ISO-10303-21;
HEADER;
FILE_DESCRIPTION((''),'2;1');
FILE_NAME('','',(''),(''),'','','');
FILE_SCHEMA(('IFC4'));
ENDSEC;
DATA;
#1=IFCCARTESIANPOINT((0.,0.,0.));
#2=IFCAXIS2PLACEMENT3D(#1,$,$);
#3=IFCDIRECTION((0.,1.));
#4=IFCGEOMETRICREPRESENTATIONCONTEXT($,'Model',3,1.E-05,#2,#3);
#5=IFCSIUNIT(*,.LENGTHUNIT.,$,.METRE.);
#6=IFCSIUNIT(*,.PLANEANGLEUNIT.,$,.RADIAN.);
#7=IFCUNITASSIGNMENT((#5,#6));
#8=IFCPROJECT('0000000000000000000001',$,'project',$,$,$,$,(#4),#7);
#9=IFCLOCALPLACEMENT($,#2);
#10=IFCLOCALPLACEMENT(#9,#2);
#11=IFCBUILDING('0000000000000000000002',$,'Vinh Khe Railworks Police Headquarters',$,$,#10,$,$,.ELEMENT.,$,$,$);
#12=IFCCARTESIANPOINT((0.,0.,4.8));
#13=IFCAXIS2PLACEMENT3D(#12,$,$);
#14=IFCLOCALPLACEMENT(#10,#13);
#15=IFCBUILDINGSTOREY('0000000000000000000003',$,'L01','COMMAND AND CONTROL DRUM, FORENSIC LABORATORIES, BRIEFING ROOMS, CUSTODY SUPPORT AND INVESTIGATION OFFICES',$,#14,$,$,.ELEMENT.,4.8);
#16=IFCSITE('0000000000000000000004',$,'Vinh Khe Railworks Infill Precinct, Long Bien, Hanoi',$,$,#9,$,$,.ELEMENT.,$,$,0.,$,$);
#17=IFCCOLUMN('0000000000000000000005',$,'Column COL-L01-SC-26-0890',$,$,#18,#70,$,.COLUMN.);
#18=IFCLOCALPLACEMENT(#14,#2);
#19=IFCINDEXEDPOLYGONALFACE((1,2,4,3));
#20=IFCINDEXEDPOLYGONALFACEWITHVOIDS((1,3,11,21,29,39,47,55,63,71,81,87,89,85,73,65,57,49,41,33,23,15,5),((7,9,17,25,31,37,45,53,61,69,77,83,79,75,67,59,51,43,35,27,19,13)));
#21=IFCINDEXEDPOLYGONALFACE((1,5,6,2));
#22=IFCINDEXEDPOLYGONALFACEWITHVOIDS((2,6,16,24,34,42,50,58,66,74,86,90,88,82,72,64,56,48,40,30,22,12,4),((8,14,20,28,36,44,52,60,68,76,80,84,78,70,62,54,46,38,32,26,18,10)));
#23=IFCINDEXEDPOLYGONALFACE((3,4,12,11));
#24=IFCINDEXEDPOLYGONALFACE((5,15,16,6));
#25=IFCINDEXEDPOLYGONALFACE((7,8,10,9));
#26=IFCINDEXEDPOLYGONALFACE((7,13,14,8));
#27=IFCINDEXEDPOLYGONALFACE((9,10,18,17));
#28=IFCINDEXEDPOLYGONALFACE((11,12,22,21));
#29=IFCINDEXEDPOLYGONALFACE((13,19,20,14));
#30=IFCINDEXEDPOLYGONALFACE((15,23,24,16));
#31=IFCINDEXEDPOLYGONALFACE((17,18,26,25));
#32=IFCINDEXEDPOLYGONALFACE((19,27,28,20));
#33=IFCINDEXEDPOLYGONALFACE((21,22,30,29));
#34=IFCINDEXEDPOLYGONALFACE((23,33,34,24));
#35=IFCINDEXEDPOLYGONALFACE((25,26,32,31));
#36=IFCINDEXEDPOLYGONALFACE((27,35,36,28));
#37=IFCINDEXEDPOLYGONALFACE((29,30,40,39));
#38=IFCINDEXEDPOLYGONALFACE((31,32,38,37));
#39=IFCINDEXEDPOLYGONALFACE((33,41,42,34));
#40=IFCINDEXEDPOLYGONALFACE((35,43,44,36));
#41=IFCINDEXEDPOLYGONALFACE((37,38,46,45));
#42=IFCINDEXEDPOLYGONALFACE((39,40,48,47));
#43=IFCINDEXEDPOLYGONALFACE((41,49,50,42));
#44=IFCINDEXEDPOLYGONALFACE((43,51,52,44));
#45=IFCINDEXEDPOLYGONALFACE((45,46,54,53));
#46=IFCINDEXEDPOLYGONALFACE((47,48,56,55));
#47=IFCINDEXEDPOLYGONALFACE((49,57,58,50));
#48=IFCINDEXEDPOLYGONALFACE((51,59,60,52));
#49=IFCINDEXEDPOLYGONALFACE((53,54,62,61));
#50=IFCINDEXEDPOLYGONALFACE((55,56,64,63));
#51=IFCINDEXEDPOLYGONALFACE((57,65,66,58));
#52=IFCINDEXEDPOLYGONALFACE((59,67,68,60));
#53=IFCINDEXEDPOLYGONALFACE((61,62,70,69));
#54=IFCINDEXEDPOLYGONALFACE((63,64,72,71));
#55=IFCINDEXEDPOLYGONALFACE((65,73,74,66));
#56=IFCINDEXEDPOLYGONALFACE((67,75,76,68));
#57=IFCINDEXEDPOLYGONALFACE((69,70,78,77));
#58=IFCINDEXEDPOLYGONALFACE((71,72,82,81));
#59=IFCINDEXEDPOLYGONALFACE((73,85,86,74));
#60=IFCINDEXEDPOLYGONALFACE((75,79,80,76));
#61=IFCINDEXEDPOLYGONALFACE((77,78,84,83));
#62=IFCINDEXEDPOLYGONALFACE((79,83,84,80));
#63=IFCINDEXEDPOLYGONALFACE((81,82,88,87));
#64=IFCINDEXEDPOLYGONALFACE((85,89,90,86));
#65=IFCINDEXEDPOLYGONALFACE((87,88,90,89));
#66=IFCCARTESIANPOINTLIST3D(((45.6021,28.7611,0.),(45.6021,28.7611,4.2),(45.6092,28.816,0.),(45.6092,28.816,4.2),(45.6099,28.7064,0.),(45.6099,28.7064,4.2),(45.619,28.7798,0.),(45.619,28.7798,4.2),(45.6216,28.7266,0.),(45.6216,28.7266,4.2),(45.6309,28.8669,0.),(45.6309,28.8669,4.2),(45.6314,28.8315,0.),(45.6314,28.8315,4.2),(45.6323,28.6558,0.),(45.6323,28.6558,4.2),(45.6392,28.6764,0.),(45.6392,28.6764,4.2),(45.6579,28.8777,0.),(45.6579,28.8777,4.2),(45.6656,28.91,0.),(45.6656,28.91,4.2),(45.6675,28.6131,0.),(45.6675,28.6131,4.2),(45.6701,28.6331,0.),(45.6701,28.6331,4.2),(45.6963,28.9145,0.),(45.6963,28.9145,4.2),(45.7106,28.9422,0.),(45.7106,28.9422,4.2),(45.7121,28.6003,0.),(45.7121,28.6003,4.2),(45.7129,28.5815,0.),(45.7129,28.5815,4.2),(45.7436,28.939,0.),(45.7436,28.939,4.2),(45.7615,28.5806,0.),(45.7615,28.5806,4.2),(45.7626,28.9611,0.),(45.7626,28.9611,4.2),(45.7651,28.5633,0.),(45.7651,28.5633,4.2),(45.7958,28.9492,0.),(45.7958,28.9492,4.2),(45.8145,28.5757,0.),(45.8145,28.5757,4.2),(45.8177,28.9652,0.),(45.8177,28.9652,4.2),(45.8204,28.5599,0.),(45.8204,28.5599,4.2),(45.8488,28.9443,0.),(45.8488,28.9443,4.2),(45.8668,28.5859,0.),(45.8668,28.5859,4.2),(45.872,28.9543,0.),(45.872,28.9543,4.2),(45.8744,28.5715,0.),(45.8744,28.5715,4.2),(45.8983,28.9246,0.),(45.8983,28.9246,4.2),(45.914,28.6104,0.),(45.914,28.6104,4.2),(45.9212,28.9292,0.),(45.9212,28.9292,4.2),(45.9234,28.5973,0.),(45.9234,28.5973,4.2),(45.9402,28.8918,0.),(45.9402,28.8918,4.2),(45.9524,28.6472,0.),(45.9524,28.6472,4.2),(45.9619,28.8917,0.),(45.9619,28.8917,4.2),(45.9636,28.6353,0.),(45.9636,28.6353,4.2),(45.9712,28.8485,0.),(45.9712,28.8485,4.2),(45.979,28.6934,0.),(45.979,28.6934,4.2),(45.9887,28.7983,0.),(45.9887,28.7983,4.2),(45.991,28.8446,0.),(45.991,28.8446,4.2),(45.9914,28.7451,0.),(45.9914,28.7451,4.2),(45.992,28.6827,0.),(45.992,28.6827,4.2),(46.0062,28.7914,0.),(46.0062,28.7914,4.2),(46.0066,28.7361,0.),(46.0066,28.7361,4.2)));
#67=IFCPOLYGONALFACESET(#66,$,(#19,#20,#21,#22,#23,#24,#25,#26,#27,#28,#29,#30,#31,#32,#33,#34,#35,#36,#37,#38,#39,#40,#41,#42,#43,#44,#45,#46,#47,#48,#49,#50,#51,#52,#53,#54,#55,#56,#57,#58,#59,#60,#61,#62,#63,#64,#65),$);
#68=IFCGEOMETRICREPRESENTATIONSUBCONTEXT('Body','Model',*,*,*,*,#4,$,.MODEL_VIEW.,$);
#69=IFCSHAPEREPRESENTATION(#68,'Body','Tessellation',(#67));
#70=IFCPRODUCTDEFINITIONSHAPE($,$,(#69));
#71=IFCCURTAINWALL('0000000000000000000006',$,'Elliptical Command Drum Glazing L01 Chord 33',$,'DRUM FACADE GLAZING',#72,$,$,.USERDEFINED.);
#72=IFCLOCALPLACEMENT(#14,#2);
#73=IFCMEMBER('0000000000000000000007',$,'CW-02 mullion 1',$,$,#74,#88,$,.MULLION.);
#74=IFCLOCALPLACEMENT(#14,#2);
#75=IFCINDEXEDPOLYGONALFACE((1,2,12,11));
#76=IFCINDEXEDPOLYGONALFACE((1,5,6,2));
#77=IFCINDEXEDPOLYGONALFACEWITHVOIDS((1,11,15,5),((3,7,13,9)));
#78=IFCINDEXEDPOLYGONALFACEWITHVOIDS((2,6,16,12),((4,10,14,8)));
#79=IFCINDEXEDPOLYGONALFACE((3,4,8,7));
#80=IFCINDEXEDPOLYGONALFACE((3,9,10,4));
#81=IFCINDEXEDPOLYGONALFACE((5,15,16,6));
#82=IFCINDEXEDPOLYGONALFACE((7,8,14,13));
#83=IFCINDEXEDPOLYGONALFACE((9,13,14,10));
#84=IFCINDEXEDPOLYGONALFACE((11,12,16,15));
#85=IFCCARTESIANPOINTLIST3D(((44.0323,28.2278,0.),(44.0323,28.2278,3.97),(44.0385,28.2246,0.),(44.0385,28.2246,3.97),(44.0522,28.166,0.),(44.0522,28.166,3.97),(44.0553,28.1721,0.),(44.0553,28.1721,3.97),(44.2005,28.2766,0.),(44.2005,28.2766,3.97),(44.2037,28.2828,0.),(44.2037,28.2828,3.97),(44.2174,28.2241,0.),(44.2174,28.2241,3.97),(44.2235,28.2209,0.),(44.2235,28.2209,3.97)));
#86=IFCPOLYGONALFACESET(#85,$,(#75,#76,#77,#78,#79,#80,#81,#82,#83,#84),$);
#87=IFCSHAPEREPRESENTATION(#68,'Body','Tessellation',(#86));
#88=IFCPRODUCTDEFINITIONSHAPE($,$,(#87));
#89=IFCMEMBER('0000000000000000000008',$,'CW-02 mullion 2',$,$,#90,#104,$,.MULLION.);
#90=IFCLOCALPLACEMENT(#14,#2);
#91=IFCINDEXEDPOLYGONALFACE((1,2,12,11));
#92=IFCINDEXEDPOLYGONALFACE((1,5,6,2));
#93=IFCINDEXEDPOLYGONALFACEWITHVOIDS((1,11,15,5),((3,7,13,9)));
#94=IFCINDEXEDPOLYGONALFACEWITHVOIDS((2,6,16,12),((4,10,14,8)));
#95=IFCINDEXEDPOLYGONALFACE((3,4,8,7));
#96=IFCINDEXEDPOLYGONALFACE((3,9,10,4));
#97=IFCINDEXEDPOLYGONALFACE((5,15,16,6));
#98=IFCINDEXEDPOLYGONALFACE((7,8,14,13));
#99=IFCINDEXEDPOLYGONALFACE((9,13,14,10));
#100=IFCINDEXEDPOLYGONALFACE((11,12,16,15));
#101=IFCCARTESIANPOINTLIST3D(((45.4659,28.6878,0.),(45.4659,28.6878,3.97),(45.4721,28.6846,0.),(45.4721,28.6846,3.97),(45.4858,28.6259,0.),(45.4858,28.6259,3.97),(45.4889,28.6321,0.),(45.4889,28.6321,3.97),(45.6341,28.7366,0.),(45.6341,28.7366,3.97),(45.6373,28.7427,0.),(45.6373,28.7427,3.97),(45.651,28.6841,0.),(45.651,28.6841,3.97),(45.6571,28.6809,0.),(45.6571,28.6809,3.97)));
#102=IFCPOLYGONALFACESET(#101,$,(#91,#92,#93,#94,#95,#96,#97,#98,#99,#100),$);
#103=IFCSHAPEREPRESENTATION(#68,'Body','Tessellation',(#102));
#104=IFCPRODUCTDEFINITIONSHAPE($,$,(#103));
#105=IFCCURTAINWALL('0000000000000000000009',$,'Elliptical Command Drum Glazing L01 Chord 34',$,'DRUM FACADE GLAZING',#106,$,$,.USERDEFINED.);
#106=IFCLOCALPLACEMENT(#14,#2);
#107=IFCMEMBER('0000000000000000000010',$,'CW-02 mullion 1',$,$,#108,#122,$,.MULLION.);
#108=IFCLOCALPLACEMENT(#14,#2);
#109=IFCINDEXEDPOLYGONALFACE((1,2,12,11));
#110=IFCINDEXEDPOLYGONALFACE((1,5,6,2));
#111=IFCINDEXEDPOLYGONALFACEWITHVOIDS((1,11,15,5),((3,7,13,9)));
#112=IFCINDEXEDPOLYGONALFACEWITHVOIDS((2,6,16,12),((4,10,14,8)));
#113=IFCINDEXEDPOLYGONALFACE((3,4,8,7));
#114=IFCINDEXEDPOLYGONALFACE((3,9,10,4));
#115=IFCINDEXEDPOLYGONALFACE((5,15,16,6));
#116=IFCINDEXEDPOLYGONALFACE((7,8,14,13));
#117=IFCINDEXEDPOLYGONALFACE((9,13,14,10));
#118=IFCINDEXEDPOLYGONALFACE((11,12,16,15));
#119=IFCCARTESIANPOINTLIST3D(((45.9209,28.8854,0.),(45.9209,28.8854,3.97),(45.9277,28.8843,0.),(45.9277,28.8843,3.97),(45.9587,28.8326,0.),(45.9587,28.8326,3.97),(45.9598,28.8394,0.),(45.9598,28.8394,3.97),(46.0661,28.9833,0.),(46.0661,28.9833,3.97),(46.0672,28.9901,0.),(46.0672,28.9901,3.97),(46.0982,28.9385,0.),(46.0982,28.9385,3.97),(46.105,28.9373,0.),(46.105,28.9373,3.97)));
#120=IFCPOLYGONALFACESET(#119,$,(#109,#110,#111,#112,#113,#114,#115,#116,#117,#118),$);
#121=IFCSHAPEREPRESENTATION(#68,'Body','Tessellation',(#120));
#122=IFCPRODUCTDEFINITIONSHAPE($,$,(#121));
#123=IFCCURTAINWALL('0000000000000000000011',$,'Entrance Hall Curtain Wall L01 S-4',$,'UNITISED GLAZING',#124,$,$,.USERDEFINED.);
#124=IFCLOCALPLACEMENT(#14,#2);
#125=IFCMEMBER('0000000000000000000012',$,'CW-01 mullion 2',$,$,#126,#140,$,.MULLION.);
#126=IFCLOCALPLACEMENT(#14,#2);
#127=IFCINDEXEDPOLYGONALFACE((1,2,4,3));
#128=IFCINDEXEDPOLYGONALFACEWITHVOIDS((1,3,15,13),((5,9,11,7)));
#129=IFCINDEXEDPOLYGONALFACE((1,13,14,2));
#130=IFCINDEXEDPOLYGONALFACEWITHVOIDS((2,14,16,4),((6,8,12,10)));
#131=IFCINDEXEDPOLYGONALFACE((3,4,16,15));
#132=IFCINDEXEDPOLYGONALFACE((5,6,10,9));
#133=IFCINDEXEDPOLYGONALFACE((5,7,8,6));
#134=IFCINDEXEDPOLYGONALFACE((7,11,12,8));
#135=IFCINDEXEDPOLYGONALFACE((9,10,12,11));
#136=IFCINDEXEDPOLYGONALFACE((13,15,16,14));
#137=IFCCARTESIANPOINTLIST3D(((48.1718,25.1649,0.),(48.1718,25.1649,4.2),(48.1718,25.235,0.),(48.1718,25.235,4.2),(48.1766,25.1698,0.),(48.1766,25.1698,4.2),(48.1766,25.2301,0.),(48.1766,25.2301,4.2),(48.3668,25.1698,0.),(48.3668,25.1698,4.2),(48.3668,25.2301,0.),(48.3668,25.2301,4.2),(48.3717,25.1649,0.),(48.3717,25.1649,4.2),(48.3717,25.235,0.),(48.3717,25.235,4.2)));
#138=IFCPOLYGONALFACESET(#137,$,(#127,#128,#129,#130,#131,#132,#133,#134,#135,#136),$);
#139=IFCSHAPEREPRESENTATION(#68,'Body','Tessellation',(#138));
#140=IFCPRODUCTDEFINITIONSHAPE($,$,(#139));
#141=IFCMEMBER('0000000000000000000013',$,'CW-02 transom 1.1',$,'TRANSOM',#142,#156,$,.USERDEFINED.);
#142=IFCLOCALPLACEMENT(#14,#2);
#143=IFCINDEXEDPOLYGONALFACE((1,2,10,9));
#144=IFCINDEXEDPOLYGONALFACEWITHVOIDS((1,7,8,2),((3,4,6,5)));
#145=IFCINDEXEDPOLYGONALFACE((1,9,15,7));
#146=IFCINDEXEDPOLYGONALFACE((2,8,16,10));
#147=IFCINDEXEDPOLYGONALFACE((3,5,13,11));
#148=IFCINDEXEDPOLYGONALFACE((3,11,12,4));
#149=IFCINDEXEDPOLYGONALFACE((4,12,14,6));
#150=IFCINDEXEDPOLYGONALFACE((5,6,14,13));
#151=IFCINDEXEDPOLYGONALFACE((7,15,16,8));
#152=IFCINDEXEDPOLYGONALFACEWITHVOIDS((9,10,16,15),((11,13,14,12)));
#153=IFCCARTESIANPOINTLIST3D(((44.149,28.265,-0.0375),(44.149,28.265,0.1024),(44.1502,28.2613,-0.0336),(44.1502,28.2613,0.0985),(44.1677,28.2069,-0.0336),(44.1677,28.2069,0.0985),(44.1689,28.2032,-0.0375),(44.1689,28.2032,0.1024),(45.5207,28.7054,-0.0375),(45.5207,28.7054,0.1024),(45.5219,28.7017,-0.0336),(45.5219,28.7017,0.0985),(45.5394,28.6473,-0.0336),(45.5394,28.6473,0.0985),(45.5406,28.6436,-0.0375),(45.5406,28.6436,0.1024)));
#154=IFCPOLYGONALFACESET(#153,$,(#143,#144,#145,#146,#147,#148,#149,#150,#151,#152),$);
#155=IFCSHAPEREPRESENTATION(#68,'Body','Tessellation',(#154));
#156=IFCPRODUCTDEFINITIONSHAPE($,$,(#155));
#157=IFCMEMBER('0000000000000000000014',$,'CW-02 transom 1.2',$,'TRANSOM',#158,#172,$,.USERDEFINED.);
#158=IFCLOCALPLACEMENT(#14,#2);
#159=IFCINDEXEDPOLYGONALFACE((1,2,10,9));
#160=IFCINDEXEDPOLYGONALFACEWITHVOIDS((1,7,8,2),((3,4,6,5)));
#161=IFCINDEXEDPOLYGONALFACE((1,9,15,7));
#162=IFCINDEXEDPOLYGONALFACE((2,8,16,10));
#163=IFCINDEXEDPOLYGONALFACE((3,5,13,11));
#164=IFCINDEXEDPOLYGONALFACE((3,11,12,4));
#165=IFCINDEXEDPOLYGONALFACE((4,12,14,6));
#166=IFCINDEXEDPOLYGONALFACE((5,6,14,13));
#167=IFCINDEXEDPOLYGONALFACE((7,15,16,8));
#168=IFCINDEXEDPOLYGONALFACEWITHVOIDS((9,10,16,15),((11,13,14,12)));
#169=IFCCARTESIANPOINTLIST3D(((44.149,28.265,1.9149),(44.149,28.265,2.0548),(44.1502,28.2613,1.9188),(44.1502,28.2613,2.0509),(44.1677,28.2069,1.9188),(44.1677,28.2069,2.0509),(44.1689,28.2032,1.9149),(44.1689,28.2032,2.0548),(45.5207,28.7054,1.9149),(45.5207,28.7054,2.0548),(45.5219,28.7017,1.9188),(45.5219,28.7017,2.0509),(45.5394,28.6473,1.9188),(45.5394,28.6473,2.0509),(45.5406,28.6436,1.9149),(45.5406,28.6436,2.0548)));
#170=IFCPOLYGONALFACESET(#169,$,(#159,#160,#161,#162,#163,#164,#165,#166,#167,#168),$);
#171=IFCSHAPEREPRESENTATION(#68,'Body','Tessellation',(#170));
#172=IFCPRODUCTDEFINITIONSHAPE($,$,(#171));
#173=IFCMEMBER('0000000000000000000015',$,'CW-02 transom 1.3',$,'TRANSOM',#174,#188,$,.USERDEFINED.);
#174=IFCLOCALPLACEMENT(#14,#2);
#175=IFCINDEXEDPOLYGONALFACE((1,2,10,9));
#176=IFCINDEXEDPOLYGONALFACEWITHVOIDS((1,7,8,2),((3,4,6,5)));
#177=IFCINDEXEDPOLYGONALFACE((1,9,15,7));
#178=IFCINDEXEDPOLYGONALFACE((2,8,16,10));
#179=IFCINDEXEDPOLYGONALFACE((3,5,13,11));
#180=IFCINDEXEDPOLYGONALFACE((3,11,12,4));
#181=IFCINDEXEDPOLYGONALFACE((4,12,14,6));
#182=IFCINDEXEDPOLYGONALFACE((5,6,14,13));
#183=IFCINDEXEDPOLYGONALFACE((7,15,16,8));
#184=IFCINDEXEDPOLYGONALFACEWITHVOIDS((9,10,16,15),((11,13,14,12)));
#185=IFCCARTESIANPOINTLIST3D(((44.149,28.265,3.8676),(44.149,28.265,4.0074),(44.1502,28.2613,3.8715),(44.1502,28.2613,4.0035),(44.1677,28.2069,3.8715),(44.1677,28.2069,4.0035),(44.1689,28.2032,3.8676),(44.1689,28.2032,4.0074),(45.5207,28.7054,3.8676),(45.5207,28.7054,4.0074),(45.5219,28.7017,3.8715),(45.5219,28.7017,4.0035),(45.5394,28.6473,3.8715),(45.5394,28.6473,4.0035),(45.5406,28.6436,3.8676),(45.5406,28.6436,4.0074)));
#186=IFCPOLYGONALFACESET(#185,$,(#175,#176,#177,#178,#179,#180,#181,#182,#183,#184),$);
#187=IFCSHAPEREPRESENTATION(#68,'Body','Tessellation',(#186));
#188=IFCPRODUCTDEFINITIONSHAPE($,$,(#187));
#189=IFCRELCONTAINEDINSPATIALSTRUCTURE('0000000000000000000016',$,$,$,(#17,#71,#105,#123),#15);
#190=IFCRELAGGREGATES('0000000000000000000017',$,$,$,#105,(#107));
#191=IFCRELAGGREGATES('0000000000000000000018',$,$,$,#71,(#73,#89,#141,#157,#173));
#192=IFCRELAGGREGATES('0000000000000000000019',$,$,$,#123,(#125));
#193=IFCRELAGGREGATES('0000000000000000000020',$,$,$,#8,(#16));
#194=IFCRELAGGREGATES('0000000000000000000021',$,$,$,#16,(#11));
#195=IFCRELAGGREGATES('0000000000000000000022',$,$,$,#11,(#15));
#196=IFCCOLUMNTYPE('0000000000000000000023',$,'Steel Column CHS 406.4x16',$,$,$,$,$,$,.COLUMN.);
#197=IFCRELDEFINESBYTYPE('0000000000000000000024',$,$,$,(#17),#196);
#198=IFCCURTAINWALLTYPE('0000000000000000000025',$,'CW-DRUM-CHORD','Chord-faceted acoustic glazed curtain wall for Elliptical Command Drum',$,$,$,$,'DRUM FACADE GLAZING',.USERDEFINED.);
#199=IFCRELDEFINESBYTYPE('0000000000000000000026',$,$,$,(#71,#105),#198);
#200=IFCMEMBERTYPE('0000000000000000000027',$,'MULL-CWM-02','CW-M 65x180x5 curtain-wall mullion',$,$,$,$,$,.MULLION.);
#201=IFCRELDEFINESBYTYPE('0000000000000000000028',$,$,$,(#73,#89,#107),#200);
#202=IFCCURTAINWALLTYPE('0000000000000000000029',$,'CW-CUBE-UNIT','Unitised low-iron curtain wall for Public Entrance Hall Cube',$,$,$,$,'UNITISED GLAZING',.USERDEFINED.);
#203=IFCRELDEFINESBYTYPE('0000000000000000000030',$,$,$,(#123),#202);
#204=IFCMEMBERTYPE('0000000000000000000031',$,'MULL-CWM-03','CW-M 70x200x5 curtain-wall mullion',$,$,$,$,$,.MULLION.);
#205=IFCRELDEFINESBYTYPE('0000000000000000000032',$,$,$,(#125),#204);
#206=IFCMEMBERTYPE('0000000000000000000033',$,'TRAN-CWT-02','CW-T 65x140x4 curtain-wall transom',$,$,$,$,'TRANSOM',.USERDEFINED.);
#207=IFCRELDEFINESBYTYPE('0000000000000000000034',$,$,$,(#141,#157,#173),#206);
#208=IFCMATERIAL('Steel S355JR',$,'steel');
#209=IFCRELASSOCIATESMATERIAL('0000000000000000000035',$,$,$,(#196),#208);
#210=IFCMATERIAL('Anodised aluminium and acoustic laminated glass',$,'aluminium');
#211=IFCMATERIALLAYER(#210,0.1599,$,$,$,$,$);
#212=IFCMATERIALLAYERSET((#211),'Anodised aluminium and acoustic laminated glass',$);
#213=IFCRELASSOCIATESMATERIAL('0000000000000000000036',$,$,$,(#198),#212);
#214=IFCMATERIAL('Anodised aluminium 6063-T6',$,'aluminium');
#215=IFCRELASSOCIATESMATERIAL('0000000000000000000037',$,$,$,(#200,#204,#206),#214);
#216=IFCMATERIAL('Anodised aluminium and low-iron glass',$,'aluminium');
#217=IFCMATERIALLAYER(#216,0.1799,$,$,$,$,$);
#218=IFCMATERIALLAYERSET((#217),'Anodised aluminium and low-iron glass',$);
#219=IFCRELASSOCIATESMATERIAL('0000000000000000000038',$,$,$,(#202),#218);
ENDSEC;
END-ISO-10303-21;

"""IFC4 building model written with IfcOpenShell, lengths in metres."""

from ifc_helpers import new_model, si_unit, direction, frame, origin, origin_2d, place, context, subcontext, project, spatial, hollow_rectangle, hollow_circle, extrude, material, layer, layer_set, material_profile, profile_set, type_object, element, aggregate, save


model = new_model("IFC4")

# Units and contexts
model_context = context("Model", 3, precision=1e-05, world=origin(), true_north=direction((0.0, 1.0)))
body_context = subcontext(model_context, "Body", "Model", "MODEL_VIEW")
ifc_project = project(units=[si_unit("LENGTHUNIT", "METRE"), si_unit("PLANEANGLEUNIT", "RADIAN")], contexts=[model_context])

# Site, building, storey
site_placement = place(None, origin())
site = spatial("IfcSite", under=ifc_project, at=site_placement, Name="Vinh Khe Railworks Infill Precinct, Long Bien, Hanoi", CompositionType="ELEMENT", RefElevation=0.0)
building_placement = place(site_placement, origin())
building = spatial("IfcBuilding", under=site, at=building_placement, Name="Vinh Khe Railworks Police Headquarters", CompositionType="ELEMENT")
storey_placement = place(building_placement, frame((0.0, 0.0, 4.8)))
storey = spatial("IfcBuildingStorey", under=building, at=storey_placement, Name="L01", Description="COMMAND AND CONTROL DRUM, FORENSIC LABORATORIES, BRIEFING ROOMS, CUSTODY SUPPORT AND INVESTIGATION OFFICES", CompositionType="ELEMENT", Elevation=4.8)

# Column
ifc_material_1 = material(Name="Steel S355JR", Category="steel")
ifc_material_profile_1 = material_profile(ifc_material_1, hollow_circle(Radius=0.2031, WallThickness=0.0161, at=origin_2d()), Name="CHS 406.4x16")
ifc_profile_set_1 = profile_set([ifc_material_profile_1], Name="Steel S355JR")
column_type = type_object("IfcColumnType", Name="Steel Column CHS 406.4x16", PredefinedType="COLUMN", material=ifc_profile_set_1)
column_placement = place(storey_placement, frame((45.8052, 28.7625, 0.0), z_axis=(0.0, 0.0, 1.0), x_axis=(0.581981, -0.813202, 0.0)))
element("IfcColumn", 1, at=column_placement, inside=storey, type_object=column_type, Name="Column COL-L01-SC-26-0890", PredefinedType="COLUMN", context=body_context, shape_type="SweptSolid", body=[
    extrude(hollow_circle(Radius=0.2031, WallThickness=0.0161, at=origin_2d()), origin(), (0.0, 0.0, 1.0), 4.2),
])

# Curtain wall, members
ifc_material_2 = material(Name="Anodised aluminium and acoustic laminated glass", Category="aluminium")
ifc_layer_1 = layer(ifc_material_2, 0.1599)
ifc_layer_set_1 = layer_set([ifc_layer_1], Name="Anodised aluminium and acoustic laminated glass")
curtain_wall_type_1 = type_object("IfcCurtainWallType", Name="CW-DRUM-CHORD", Description="Chord-faceted acoustic glazed curtain wall for Elliptical Command Drum", ElementType="DRUM FACADE GLAZING", PredefinedType="USERDEFINED", material=ifc_layer_set_1)
curtain_wall_1_placement = place(storey_placement, origin())
curtain_wall_1 = element("IfcCurtainWall", 2, at=curtain_wall_1_placement, inside=storey, type_object=curtain_wall_type_1, Name="Elliptical Command Drum Glazing L01 Chord 33", ObjectType="DRUM FACADE GLAZING", PredefinedType="USERDEFINED")
ifc_material_3 = material(Name="Anodised aluminium 6063-T6", Category="aluminium")
ifc_material_profile_2 = material_profile(ifc_material_3, hollow_rectangle(XDim=0.0649, YDim=0.1799, WallThickness=0.0049, at=origin_2d()), Name="CW-M 65x180x5")
ifc_profile_set_2 = profile_set([ifc_material_profile_2], Name="Anodised aluminium 6063-T6")
member_type_1 = type_object("IfcMemberType", Name="MULL-CWM-02", Description="CW-M 65x180x5 curtain-wall mullion", PredefinedType="MULLION", material=ifc_profile_set_2)
member_1_placement = place(storey_placement, frame((44.1279, 28.2244, 0.0), z_axis=(0.0, 0.0, 1.0), x_axis=(-0.305575, 0.952168, 0.0)))
member_1 = element("IfcMember", 3, at=member_1_placement, type_object=member_type_1, Name="CW-02 mullion 1", PredefinedType="MULLION", context=body_context, shape_type="SweptSolid", body=[
    extrude(hollow_rectangle(XDim=0.0649, YDim=0.1799, WallThickness=0.0049, at=origin_2d()), origin(), (0.0, 0.0, 1.0), 3.97),
])
member_2_placement = place(storey_placement, frame((45.5615, 28.6843, 0.0), z_axis=(0.0, 0.0, 1.0), x_axis=(-0.305575, 0.952168, 0.0)))
member_2 = element("IfcMember", 4, at=member_2_placement, type_object=member_type_1, Name="CW-02 mullion 2", PredefinedType="MULLION", context=body_context, shape_type="SweptSolid", body=[
    extrude(hollow_rectangle(XDim=0.0649, YDim=0.1799, WallThickness=0.0049, at=origin_2d()), origin(), (0.0, 0.0, 1.0), 3.97),
])

# Curtain walls, members
curtain_wall_2_placement = place(storey_placement, origin())
curtain_wall_2 = element("IfcCurtainWall", 5, at=curtain_wall_2_placement, inside=storey, type_object=curtain_wall_type_1, Name="Elliptical Command Drum Glazing L01 Chord 34", ObjectType="DRUM FACADE GLAZING", PredefinedType="USERDEFINED")
member_3_placement = place(storey_placement, frame((46.0129, 28.9114, 0.0), z_axis=(0.0, 0.0, 1.0), x_axis=(-0.581917, 0.813248, 0.0)))
member_3 = element("IfcMember", 6, at=member_3_placement, type_object=member_type_1, Name="CW-02 mullion 1", PredefinedType="MULLION", context=body_context, shape_type="SweptSolid", body=[
    extrude(hollow_rectangle(XDim=0.0649, YDim=0.1799, WallThickness=0.0049, at=origin_2d()), origin(), (0.0, 0.0, 1.0), 3.97),
])
aggregate(curtain_wall_2, [member_3])
ifc_material_4 = material(Name="Anodised aluminium and low-iron glass", Category="aluminium")
ifc_layer_2 = layer(ifc_material_4, 0.1799)
ifc_layer_set_2 = layer_set([ifc_layer_2], Name="Anodised aluminium and low-iron glass")
curtain_wall_type_2 = type_object("IfcCurtainWallType", Name="CW-CUBE-UNIT", Description="Unitised low-iron curtain wall for Public Entrance Hall Cube", ElementType="UNITISED GLAZING", PredefinedType="USERDEFINED", material=ifc_layer_set_2)
curtain_wall_3_placement = place(storey_placement, origin())
curtain_wall_3 = element("IfcCurtainWall", 7, at=curtain_wall_3_placement, inside=storey, type_object=curtain_wall_type_2, Name="Entrance Hall Curtain Wall L01 S-4", ObjectType="UNITISED GLAZING", PredefinedType="USERDEFINED")
ifc_material_profile_3 = material_profile(ifc_material_3, hollow_rectangle(XDim=0.0701, YDim=0.2, WallThickness=0.0049, at=origin_2d()), Name="CW-M 70x200x5")
ifc_profile_set_3 = profile_set([ifc_material_profile_3], Name="Anodised aluminium 6063-T6")
member_type_2 = type_object("IfcMemberType", Name="MULL-CWM-03", Description="CW-M 70x200x5 curtain-wall mullion", PredefinedType="MULLION", material=ifc_profile_set_3)
member_4_placement = place(storey_placement, frame((48.2717, 25.2, 0.0), z_axis=(0.0, 0.0, 1.0), x_axis=(0.0, 1.0, 0.0)))
member_4 = element("IfcMember", 8, at=member_4_placement, type_object=member_type_2, Name="CW-01 mullion 2", PredefinedType="MULLION", context=body_context, shape_type="SweptSolid", body=[
    extrude(hollow_rectangle(XDim=0.0701, YDim=0.2, WallThickness=0.0049, at=origin_2d()), origin(), (0.0, 0.0, 1.0), 4.2),
])

# Members
ifc_material_profile_4 = material_profile(ifc_material_3, hollow_rectangle(XDim=0.0649, YDim=0.1399, WallThickness=0.0039, at=origin_2d()), Name="CW-T 65x140x4")
ifc_profile_set_4 = profile_set([ifc_material_profile_4], Name="Anodised aluminium 6063-T6")
member_type_3 = type_object("IfcMemberType", Name="TRAN-CWT-02", Description="CW-T 65x140x4 curtain-wall transom", ElementType="TRANSOM", PredefinedType="USERDEFINED", material=ifc_profile_set_4)
member_5_placement = place(storey_placement, frame((44.1589, 28.2341, 0.0325), z_axis=(0.952133, 0.305686, 0.0), x_axis=(-0.305686, 0.952133, 0.0)))
member_5 = element("IfcMember", 9, at=member_5_placement, type_object=member_type_3, Name="CW-02 transom 1.1", ObjectType="TRANSOM", PredefinedType="USERDEFINED", context=body_context, shape_type="SweptSolid", body=[
    extrude(hollow_rectangle(XDim=0.0649, YDim=0.1399, WallThickness=0.0039, at=origin_2d()), origin(), (0.0, 0.0, 1.0), 1.4407),
])
member_6_placement = place(storey_placement, frame((44.1589, 28.2341, 1.9849), z_axis=(0.952133, 0.305686, 0.0), x_axis=(-0.305686, 0.952133, 0.0)))
member_6 = element("IfcMember", 10, at=member_6_placement, type_object=member_type_3, Name="CW-02 transom 1.2", ObjectType="TRANSOM", PredefinedType="USERDEFINED", context=body_context, shape_type="SweptSolid", body=[
    extrude(hollow_rectangle(XDim=0.0649, YDim=0.1399, WallThickness=0.0039, at=origin_2d()), origin(), (0.0, 0.0, 1.0), 1.4407),
])
member_7_placement = place(storey_placement, frame((44.1589, 28.2341, 3.9375), z_axis=(0.952133, 0.305686, 0.0), x_axis=(-0.305686, 0.952133, 0.0)))
member_7 = element("IfcMember", 11, at=member_7_placement, type_object=member_type_3, Name="CW-02 transom 1.3", ObjectType="TRANSOM", PredefinedType="USERDEFINED", context=body_context, shape_type="SweptSolid", body=[
    extrude(hollow_rectangle(XDim=0.0649, YDim=0.1399, WallThickness=0.0039, at=origin_2d()), origin(), (0.0, 0.0, 1.0), 1.4407),
])

aggregate(curtain_wall_1, [member_1, member_2, member_5, member_6, member_7])
aggregate(curtain_wall_3, [member_4])

save(model, "model.ifc")
